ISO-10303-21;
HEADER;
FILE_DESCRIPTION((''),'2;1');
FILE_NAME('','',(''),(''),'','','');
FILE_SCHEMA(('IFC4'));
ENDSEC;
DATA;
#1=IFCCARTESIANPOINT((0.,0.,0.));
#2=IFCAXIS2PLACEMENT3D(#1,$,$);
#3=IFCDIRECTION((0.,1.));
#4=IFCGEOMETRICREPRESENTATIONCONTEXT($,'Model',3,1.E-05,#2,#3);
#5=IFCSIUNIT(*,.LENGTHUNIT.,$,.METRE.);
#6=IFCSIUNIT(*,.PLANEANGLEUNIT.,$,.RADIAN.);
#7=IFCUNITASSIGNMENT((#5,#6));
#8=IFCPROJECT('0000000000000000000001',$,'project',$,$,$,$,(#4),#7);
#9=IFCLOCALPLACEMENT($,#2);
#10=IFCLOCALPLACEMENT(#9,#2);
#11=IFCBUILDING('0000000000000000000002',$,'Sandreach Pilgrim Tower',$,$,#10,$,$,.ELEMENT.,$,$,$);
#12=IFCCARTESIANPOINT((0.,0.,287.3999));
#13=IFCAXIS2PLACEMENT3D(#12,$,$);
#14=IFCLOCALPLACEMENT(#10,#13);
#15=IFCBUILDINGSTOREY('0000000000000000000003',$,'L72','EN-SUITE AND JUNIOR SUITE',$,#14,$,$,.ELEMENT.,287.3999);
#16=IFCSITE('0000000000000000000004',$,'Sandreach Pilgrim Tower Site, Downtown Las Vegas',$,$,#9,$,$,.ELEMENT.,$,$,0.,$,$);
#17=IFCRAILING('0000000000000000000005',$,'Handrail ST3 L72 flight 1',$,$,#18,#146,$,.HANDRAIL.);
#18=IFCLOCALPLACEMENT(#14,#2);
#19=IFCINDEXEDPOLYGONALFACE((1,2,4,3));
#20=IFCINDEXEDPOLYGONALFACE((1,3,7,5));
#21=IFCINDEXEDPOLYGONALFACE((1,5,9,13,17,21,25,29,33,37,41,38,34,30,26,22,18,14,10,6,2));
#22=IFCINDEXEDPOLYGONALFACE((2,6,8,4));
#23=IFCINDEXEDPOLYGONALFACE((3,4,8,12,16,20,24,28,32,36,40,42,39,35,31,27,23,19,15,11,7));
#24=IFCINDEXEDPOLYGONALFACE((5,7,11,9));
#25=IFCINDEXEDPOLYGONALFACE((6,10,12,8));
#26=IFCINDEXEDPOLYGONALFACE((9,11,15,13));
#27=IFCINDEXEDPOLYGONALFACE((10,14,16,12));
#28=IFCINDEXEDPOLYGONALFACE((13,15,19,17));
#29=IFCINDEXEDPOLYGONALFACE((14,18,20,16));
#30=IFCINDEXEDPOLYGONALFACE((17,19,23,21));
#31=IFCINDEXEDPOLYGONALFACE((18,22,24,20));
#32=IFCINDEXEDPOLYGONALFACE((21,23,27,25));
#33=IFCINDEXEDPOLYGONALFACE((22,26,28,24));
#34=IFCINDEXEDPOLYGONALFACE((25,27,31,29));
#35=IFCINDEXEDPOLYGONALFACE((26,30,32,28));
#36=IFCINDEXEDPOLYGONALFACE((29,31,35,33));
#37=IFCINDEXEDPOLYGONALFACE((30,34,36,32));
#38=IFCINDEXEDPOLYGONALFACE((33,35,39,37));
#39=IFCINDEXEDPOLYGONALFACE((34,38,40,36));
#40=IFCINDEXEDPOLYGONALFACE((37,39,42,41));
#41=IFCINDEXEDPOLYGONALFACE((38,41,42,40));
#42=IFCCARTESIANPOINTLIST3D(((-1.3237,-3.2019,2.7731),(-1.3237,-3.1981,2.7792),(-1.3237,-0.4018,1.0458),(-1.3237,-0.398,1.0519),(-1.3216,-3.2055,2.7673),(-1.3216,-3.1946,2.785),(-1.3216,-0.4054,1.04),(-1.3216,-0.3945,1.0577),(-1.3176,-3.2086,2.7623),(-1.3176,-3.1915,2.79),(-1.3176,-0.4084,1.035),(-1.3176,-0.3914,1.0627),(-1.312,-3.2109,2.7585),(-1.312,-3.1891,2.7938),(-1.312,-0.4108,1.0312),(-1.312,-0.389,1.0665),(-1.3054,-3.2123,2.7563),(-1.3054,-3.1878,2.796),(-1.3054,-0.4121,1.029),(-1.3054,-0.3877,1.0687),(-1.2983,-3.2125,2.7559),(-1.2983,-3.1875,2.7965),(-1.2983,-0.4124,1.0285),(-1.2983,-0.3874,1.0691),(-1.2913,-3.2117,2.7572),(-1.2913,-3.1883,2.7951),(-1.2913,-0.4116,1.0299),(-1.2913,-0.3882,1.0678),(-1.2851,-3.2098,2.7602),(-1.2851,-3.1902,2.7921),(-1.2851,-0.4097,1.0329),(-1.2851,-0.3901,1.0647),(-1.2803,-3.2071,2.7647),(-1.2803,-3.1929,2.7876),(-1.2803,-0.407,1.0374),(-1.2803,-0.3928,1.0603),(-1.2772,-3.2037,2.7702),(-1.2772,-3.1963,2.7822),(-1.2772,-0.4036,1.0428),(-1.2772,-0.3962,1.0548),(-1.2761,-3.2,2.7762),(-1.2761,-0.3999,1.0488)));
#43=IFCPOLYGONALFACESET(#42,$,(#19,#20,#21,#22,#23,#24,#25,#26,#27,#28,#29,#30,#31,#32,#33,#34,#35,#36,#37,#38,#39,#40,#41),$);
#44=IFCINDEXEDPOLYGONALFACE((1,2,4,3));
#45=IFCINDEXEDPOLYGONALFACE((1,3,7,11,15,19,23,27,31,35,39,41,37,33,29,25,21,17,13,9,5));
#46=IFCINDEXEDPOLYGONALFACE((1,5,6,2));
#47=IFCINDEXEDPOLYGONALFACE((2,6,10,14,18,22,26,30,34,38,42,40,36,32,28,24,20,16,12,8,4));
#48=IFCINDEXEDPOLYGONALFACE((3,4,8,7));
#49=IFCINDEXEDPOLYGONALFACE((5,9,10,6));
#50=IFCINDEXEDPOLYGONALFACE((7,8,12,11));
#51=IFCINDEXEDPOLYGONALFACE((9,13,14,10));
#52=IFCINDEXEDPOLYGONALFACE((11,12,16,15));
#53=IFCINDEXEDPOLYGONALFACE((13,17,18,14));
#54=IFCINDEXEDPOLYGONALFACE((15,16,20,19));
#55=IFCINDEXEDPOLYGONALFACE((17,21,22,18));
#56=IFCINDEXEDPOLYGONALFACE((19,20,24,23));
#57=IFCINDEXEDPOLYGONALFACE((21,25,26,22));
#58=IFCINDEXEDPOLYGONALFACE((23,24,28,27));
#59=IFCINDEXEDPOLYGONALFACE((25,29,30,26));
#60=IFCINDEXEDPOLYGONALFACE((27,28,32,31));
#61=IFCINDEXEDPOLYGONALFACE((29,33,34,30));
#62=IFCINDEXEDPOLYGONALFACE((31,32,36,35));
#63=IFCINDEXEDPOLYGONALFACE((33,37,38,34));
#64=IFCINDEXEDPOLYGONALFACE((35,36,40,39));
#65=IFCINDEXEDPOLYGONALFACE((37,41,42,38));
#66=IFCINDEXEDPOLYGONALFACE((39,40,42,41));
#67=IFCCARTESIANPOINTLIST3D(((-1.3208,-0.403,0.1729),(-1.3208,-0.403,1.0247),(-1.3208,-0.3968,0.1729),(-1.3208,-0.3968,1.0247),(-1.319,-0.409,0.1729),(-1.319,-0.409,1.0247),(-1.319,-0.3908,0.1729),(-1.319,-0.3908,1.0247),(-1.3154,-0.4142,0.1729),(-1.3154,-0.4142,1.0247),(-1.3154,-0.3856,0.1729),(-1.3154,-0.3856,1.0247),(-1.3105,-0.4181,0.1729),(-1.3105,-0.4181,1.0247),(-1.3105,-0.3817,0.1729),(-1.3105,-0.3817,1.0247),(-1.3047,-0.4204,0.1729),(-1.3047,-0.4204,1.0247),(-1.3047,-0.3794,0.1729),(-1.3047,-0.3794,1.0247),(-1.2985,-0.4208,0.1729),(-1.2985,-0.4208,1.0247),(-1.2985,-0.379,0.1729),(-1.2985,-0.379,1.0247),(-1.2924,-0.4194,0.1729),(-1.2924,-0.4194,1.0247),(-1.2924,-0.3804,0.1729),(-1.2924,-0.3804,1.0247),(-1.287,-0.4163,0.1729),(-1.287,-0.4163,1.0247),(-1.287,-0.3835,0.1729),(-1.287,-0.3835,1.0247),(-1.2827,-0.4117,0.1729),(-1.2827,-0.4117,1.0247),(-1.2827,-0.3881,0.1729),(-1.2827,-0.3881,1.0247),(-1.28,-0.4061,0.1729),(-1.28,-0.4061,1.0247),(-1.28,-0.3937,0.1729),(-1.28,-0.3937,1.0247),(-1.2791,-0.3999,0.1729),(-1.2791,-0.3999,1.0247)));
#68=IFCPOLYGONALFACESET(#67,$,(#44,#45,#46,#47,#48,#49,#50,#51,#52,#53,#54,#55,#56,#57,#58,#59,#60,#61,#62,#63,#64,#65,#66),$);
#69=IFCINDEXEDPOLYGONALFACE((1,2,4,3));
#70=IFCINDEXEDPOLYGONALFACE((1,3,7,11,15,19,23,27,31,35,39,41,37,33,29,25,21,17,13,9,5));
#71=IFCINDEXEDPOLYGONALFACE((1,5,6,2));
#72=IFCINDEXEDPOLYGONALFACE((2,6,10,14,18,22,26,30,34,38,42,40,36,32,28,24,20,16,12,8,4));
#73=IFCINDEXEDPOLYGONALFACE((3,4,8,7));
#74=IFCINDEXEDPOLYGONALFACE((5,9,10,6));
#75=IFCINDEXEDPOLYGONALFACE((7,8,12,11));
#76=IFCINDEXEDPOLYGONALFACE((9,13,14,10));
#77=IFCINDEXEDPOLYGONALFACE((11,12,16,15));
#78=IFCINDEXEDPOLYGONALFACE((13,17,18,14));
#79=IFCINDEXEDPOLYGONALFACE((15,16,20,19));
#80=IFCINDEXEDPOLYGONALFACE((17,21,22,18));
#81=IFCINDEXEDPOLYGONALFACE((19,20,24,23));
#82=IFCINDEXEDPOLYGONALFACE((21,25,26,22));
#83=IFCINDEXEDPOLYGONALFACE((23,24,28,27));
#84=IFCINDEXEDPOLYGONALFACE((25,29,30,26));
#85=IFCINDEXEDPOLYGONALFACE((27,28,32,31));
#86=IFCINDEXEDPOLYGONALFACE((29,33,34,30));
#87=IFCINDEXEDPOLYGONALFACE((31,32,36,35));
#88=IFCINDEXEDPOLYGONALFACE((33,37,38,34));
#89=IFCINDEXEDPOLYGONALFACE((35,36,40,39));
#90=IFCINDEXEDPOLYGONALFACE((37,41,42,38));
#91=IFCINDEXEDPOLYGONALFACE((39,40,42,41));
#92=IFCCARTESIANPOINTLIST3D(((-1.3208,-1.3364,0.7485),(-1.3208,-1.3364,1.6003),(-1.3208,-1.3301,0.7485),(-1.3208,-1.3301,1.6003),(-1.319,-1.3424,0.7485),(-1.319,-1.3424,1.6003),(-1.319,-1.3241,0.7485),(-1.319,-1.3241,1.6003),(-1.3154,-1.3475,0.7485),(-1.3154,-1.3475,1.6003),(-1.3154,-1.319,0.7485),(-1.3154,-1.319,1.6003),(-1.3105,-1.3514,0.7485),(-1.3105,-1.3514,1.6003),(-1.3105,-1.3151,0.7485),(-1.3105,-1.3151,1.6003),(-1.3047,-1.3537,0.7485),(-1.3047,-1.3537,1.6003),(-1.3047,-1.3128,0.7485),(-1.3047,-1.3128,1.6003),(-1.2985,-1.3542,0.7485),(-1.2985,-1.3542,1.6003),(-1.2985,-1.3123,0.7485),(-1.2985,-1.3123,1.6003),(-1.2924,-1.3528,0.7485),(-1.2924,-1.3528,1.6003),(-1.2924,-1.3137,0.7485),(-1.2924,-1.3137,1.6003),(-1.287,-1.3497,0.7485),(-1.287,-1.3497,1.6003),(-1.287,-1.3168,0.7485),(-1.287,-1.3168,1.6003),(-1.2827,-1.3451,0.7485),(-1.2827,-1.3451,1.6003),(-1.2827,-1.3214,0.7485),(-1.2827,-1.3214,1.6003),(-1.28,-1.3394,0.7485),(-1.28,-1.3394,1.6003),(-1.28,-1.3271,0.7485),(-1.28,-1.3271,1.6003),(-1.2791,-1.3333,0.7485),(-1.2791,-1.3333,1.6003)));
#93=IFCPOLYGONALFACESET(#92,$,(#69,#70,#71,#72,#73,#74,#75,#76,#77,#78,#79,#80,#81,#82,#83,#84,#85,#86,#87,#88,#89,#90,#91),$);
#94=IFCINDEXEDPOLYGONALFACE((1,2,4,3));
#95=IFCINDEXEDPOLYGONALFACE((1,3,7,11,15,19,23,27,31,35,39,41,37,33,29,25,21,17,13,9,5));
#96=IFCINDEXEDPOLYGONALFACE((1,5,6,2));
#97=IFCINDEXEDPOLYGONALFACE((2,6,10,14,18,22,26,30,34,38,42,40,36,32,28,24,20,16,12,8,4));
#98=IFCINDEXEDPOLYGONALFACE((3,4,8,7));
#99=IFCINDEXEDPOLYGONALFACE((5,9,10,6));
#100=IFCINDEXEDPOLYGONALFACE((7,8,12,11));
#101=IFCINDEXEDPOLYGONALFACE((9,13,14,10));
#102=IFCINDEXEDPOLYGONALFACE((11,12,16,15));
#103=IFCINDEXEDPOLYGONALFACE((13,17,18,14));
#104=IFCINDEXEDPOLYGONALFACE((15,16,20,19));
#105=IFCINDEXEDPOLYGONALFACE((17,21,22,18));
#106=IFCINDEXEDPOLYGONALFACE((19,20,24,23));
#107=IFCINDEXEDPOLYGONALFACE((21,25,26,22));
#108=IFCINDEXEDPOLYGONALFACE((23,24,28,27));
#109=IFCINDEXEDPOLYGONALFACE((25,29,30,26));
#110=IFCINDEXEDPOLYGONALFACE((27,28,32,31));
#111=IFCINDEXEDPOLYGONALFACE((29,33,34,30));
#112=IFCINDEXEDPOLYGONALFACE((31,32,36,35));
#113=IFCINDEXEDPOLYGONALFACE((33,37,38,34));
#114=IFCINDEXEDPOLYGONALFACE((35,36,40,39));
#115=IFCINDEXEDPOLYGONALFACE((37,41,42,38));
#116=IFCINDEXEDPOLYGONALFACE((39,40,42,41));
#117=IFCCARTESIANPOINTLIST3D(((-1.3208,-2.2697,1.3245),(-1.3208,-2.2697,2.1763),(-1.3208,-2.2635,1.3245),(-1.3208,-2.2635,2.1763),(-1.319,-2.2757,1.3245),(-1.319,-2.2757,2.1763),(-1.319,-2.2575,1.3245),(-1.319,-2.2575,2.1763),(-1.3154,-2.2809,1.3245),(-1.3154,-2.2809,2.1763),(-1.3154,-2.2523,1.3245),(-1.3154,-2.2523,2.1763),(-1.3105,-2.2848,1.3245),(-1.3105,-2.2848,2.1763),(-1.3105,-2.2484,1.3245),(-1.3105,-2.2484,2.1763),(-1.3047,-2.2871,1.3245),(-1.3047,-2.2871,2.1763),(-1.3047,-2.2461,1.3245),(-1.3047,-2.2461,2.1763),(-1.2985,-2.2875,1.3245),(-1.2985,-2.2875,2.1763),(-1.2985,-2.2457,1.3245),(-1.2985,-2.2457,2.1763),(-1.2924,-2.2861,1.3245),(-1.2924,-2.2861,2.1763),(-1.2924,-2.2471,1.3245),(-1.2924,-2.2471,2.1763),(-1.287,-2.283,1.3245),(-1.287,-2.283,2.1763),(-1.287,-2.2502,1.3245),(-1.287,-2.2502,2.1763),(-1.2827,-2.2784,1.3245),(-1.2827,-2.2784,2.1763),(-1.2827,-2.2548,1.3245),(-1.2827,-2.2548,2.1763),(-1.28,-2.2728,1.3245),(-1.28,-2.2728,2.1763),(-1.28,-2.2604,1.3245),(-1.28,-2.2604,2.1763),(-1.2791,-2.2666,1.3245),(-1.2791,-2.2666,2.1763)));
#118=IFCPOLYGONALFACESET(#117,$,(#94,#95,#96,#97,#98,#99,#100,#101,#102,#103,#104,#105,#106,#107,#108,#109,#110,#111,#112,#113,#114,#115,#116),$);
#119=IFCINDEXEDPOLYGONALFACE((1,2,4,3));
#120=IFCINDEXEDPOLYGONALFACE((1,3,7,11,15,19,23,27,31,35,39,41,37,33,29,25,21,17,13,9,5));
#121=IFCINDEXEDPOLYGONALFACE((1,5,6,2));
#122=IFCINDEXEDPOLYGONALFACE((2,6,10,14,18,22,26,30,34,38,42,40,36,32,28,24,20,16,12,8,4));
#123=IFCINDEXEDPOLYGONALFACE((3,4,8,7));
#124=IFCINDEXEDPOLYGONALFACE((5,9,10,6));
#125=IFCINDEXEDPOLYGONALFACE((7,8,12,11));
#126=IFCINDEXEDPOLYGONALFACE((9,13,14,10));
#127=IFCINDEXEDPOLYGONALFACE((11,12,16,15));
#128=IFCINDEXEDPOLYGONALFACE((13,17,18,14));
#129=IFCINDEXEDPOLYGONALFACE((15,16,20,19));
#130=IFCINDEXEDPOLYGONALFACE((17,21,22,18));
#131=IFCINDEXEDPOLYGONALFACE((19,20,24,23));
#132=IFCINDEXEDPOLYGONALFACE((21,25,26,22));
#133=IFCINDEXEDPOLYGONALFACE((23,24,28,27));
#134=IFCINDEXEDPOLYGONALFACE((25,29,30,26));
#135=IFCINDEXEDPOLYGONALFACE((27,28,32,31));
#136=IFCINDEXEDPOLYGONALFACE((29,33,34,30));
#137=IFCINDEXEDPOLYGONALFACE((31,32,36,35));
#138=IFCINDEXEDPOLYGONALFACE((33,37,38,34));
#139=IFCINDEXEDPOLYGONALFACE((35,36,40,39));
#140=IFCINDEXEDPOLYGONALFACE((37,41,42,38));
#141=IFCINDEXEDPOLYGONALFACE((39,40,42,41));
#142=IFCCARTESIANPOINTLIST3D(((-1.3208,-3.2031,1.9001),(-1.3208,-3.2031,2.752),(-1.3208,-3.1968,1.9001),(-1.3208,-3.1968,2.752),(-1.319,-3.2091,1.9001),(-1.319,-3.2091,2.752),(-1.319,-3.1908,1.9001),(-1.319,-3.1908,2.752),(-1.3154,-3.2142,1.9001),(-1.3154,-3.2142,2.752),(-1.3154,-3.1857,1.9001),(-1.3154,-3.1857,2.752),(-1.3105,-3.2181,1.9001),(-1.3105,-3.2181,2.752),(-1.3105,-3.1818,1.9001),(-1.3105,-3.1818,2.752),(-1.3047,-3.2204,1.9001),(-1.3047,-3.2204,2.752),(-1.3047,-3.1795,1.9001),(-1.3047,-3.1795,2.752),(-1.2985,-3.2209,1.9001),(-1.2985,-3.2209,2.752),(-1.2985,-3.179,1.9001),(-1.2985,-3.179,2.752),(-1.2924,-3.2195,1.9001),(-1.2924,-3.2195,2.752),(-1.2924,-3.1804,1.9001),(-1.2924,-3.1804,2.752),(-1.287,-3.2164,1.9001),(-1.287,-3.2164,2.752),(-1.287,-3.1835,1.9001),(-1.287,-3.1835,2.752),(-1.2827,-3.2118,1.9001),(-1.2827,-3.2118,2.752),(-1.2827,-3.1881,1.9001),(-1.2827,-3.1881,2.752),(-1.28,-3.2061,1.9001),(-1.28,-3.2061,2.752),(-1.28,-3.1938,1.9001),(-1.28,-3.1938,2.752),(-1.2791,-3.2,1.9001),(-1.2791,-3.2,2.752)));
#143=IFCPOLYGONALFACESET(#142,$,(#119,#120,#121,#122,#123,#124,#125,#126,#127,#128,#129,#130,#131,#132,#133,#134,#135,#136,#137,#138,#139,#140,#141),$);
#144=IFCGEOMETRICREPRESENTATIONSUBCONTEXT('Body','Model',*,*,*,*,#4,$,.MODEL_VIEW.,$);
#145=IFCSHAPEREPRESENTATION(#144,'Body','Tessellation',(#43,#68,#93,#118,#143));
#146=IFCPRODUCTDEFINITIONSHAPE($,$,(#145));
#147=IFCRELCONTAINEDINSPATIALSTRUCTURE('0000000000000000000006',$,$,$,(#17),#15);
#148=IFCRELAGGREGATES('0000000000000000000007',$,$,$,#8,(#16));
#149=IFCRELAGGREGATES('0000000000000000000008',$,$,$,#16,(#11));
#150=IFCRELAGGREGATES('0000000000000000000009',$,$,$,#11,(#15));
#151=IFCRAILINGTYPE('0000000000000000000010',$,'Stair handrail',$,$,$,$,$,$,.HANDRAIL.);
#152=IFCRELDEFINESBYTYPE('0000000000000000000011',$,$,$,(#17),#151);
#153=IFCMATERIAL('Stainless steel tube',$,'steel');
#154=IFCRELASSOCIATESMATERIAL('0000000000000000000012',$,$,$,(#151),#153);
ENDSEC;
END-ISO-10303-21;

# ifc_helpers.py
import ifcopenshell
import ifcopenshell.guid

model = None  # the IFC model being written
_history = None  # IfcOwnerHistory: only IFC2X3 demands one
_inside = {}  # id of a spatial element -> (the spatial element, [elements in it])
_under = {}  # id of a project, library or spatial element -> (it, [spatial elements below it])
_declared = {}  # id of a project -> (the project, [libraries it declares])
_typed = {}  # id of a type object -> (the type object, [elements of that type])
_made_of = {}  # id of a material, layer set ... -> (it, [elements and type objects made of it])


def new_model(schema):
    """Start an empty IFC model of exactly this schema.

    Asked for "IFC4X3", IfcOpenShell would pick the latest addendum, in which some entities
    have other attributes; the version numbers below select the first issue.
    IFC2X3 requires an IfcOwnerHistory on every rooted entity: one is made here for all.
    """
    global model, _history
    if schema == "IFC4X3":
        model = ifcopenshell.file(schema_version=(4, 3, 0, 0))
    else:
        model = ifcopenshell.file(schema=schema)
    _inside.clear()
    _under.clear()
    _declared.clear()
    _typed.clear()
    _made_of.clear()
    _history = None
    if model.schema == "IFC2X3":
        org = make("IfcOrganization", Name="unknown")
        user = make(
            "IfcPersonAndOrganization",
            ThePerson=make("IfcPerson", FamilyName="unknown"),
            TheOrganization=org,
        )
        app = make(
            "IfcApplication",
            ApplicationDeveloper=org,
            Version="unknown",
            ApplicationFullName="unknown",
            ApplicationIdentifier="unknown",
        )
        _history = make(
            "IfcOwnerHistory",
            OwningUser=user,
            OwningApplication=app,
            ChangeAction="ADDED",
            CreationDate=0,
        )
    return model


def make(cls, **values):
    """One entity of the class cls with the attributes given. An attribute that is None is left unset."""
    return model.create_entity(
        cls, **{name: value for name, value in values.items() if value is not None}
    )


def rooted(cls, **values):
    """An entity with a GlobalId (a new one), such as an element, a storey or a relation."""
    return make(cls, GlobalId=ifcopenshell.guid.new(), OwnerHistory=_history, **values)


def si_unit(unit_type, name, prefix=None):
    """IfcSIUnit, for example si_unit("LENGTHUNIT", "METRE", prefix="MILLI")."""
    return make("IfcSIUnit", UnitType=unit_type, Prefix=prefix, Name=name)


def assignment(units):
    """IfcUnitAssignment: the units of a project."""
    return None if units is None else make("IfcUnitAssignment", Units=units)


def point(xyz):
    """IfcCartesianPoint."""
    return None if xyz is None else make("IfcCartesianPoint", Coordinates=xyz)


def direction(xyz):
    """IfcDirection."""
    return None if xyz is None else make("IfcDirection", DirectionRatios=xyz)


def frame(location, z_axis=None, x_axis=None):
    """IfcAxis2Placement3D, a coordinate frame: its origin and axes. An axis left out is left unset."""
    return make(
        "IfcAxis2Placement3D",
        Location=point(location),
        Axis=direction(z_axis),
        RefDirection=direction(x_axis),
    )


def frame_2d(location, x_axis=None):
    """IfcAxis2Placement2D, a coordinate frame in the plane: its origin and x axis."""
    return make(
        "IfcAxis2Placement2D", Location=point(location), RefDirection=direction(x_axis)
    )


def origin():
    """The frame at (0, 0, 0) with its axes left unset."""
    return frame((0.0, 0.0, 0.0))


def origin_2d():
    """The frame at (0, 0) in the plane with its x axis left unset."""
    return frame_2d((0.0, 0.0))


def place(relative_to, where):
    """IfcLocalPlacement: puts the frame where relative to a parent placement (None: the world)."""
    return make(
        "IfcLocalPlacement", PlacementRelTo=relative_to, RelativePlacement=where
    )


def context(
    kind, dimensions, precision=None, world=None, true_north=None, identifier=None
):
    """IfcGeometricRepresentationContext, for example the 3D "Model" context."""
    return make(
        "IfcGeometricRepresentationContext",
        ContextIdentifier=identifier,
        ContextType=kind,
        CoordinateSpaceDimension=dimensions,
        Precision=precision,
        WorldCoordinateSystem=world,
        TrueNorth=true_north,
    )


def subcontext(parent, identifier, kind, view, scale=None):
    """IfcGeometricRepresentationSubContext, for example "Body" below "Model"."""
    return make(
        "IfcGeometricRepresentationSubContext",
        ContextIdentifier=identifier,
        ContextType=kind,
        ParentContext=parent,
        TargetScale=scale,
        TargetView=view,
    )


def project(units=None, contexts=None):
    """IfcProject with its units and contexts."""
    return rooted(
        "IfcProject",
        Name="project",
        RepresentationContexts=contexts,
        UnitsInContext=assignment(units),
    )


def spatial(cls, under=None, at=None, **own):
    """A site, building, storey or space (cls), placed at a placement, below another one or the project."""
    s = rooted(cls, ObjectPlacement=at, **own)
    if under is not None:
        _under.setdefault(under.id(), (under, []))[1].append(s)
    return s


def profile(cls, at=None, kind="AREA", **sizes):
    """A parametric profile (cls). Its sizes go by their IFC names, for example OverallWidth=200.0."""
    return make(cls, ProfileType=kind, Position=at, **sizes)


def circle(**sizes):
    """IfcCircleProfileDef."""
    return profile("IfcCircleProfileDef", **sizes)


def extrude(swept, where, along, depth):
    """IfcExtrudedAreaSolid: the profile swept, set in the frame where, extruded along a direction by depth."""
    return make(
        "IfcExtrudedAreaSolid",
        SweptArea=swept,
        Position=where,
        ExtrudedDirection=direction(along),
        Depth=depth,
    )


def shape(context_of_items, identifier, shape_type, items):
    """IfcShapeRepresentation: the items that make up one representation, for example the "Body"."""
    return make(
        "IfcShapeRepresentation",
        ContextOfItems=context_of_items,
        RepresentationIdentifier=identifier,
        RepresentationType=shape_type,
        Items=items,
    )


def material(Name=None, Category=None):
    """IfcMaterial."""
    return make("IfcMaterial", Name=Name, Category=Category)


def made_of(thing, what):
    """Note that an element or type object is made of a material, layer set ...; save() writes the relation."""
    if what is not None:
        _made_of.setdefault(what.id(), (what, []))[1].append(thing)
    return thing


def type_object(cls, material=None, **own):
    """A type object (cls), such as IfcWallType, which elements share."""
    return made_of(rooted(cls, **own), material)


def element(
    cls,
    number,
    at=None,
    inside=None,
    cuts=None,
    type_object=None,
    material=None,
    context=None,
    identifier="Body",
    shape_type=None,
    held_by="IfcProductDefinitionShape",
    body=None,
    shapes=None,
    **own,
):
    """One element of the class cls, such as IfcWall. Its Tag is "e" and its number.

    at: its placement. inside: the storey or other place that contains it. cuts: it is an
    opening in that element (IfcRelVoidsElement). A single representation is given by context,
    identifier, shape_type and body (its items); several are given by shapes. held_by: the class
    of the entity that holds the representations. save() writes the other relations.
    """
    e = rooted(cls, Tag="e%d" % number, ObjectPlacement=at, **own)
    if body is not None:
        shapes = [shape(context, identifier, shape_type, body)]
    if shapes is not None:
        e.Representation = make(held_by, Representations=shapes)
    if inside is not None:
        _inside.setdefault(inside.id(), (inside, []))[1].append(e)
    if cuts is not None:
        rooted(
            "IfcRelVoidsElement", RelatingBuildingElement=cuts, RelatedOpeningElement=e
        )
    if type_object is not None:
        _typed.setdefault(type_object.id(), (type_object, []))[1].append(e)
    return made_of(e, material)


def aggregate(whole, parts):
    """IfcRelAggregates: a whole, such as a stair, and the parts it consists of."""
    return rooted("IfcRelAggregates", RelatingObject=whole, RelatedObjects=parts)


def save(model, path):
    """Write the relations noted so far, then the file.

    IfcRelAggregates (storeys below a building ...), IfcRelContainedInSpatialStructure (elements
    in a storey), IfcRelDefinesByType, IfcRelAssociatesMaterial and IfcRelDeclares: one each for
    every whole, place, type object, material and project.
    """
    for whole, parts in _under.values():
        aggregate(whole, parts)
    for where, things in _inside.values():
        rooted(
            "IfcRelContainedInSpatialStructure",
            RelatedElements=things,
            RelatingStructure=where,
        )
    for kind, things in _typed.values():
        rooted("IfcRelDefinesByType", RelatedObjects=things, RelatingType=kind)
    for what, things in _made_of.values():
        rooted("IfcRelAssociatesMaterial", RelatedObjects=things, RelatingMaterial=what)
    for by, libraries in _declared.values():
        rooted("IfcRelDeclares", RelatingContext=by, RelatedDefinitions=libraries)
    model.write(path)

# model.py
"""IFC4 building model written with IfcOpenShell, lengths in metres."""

from ifc_helpers import new_model, si_unit, direction, frame, origin, origin_2d, place, context, subcontext, project, spatial, circle, extrude, material, type_object, element, save


model = new_model("IFC4")

# Units and contexts
model_context = context("Model", 3, precision=1e-05, world=origin(), true_north=direction((0.0, 1.0)))
body_context = subcontext(model_context, "Body", "Model", "MODEL_VIEW")
ifc_project = project(units=[si_unit("LENGTHUNIT", "METRE"), si_unit("PLANEANGLEUNIT", "RADIAN")], contexts=[model_context])

# Site, building, storey
site_placement = place(None, origin())
site = spatial("IfcSite", under=ifc_project, at=site_placement, Name="Sandreach Pilgrim Tower Site, Downtown Las Vegas", CompositionType="ELEMENT", RefElevation=0.0)
building_placement = place(site_placement, origin())
building = spatial("IfcBuilding", under=site, at=building_placement, Name="Sandreach Pilgrim Tower", CompositionType="ELEMENT")
storey_placement = place(building_placement, frame((0.0, 0.0, 287.3999)))
storey = spatial("IfcBuildingStorey", under=building, at=storey_placement, Name="L72", Description="EN-SUITE AND JUNIOR SUITE", CompositionType="ELEMENT", Elevation=287.3999)

# Railing
ifc_material_1 = material(Name="Stainless steel tube", Category="steel")
railing_type = type_object("IfcRailingType", Name="Stair handrail", PredefinedType="HANDRAIL", material=ifc_material_1)
for number, where, name in (
    (1, (-1.3, -0.3999, 0.1729), "Handrail ST3 L72 flight 1"),
):
    element("IfcRailing", number, at=place(storey_placement, frame(where)), inside=storey, type_object=railing_type, Name=name, PredefinedType="HANDRAIL", context=body_context, shape_type="SweptSolid", body=[
        extrude(circle(Radius=0.0239, at=origin_2d()), frame((0.0, 0.0, 0.876), z_axis=(0.0, -0.85109, 0.52502), x_axis=(1.0, 0.0, 0.0)), (0.0, 0.0, 1.0), 3.29),
        extrude(circle(Radius=0.021, at=origin_2d()), origin(), (0.0, 0.0, 1.0), 0.8518),
        extrude(circle(Radius=0.021, at=origin_2d()), frame((0.0, -0.9333, 0.5757)), (0.0, 0.0, 1.0), 0.8518),
        extrude(circle(Radius=0.021, at=origin_2d()), frame((0.0, -1.8667, 1.1516)), (0.0, 0.0, 1.0), 0.8518),
        extrude(circle(Radius=0.021, at=origin_2d()), frame((0.0, -2.8, 1.7273)), (0.0, 0.0, 1.0), 0.8518),
    ])

save(model, "model.ifc")
